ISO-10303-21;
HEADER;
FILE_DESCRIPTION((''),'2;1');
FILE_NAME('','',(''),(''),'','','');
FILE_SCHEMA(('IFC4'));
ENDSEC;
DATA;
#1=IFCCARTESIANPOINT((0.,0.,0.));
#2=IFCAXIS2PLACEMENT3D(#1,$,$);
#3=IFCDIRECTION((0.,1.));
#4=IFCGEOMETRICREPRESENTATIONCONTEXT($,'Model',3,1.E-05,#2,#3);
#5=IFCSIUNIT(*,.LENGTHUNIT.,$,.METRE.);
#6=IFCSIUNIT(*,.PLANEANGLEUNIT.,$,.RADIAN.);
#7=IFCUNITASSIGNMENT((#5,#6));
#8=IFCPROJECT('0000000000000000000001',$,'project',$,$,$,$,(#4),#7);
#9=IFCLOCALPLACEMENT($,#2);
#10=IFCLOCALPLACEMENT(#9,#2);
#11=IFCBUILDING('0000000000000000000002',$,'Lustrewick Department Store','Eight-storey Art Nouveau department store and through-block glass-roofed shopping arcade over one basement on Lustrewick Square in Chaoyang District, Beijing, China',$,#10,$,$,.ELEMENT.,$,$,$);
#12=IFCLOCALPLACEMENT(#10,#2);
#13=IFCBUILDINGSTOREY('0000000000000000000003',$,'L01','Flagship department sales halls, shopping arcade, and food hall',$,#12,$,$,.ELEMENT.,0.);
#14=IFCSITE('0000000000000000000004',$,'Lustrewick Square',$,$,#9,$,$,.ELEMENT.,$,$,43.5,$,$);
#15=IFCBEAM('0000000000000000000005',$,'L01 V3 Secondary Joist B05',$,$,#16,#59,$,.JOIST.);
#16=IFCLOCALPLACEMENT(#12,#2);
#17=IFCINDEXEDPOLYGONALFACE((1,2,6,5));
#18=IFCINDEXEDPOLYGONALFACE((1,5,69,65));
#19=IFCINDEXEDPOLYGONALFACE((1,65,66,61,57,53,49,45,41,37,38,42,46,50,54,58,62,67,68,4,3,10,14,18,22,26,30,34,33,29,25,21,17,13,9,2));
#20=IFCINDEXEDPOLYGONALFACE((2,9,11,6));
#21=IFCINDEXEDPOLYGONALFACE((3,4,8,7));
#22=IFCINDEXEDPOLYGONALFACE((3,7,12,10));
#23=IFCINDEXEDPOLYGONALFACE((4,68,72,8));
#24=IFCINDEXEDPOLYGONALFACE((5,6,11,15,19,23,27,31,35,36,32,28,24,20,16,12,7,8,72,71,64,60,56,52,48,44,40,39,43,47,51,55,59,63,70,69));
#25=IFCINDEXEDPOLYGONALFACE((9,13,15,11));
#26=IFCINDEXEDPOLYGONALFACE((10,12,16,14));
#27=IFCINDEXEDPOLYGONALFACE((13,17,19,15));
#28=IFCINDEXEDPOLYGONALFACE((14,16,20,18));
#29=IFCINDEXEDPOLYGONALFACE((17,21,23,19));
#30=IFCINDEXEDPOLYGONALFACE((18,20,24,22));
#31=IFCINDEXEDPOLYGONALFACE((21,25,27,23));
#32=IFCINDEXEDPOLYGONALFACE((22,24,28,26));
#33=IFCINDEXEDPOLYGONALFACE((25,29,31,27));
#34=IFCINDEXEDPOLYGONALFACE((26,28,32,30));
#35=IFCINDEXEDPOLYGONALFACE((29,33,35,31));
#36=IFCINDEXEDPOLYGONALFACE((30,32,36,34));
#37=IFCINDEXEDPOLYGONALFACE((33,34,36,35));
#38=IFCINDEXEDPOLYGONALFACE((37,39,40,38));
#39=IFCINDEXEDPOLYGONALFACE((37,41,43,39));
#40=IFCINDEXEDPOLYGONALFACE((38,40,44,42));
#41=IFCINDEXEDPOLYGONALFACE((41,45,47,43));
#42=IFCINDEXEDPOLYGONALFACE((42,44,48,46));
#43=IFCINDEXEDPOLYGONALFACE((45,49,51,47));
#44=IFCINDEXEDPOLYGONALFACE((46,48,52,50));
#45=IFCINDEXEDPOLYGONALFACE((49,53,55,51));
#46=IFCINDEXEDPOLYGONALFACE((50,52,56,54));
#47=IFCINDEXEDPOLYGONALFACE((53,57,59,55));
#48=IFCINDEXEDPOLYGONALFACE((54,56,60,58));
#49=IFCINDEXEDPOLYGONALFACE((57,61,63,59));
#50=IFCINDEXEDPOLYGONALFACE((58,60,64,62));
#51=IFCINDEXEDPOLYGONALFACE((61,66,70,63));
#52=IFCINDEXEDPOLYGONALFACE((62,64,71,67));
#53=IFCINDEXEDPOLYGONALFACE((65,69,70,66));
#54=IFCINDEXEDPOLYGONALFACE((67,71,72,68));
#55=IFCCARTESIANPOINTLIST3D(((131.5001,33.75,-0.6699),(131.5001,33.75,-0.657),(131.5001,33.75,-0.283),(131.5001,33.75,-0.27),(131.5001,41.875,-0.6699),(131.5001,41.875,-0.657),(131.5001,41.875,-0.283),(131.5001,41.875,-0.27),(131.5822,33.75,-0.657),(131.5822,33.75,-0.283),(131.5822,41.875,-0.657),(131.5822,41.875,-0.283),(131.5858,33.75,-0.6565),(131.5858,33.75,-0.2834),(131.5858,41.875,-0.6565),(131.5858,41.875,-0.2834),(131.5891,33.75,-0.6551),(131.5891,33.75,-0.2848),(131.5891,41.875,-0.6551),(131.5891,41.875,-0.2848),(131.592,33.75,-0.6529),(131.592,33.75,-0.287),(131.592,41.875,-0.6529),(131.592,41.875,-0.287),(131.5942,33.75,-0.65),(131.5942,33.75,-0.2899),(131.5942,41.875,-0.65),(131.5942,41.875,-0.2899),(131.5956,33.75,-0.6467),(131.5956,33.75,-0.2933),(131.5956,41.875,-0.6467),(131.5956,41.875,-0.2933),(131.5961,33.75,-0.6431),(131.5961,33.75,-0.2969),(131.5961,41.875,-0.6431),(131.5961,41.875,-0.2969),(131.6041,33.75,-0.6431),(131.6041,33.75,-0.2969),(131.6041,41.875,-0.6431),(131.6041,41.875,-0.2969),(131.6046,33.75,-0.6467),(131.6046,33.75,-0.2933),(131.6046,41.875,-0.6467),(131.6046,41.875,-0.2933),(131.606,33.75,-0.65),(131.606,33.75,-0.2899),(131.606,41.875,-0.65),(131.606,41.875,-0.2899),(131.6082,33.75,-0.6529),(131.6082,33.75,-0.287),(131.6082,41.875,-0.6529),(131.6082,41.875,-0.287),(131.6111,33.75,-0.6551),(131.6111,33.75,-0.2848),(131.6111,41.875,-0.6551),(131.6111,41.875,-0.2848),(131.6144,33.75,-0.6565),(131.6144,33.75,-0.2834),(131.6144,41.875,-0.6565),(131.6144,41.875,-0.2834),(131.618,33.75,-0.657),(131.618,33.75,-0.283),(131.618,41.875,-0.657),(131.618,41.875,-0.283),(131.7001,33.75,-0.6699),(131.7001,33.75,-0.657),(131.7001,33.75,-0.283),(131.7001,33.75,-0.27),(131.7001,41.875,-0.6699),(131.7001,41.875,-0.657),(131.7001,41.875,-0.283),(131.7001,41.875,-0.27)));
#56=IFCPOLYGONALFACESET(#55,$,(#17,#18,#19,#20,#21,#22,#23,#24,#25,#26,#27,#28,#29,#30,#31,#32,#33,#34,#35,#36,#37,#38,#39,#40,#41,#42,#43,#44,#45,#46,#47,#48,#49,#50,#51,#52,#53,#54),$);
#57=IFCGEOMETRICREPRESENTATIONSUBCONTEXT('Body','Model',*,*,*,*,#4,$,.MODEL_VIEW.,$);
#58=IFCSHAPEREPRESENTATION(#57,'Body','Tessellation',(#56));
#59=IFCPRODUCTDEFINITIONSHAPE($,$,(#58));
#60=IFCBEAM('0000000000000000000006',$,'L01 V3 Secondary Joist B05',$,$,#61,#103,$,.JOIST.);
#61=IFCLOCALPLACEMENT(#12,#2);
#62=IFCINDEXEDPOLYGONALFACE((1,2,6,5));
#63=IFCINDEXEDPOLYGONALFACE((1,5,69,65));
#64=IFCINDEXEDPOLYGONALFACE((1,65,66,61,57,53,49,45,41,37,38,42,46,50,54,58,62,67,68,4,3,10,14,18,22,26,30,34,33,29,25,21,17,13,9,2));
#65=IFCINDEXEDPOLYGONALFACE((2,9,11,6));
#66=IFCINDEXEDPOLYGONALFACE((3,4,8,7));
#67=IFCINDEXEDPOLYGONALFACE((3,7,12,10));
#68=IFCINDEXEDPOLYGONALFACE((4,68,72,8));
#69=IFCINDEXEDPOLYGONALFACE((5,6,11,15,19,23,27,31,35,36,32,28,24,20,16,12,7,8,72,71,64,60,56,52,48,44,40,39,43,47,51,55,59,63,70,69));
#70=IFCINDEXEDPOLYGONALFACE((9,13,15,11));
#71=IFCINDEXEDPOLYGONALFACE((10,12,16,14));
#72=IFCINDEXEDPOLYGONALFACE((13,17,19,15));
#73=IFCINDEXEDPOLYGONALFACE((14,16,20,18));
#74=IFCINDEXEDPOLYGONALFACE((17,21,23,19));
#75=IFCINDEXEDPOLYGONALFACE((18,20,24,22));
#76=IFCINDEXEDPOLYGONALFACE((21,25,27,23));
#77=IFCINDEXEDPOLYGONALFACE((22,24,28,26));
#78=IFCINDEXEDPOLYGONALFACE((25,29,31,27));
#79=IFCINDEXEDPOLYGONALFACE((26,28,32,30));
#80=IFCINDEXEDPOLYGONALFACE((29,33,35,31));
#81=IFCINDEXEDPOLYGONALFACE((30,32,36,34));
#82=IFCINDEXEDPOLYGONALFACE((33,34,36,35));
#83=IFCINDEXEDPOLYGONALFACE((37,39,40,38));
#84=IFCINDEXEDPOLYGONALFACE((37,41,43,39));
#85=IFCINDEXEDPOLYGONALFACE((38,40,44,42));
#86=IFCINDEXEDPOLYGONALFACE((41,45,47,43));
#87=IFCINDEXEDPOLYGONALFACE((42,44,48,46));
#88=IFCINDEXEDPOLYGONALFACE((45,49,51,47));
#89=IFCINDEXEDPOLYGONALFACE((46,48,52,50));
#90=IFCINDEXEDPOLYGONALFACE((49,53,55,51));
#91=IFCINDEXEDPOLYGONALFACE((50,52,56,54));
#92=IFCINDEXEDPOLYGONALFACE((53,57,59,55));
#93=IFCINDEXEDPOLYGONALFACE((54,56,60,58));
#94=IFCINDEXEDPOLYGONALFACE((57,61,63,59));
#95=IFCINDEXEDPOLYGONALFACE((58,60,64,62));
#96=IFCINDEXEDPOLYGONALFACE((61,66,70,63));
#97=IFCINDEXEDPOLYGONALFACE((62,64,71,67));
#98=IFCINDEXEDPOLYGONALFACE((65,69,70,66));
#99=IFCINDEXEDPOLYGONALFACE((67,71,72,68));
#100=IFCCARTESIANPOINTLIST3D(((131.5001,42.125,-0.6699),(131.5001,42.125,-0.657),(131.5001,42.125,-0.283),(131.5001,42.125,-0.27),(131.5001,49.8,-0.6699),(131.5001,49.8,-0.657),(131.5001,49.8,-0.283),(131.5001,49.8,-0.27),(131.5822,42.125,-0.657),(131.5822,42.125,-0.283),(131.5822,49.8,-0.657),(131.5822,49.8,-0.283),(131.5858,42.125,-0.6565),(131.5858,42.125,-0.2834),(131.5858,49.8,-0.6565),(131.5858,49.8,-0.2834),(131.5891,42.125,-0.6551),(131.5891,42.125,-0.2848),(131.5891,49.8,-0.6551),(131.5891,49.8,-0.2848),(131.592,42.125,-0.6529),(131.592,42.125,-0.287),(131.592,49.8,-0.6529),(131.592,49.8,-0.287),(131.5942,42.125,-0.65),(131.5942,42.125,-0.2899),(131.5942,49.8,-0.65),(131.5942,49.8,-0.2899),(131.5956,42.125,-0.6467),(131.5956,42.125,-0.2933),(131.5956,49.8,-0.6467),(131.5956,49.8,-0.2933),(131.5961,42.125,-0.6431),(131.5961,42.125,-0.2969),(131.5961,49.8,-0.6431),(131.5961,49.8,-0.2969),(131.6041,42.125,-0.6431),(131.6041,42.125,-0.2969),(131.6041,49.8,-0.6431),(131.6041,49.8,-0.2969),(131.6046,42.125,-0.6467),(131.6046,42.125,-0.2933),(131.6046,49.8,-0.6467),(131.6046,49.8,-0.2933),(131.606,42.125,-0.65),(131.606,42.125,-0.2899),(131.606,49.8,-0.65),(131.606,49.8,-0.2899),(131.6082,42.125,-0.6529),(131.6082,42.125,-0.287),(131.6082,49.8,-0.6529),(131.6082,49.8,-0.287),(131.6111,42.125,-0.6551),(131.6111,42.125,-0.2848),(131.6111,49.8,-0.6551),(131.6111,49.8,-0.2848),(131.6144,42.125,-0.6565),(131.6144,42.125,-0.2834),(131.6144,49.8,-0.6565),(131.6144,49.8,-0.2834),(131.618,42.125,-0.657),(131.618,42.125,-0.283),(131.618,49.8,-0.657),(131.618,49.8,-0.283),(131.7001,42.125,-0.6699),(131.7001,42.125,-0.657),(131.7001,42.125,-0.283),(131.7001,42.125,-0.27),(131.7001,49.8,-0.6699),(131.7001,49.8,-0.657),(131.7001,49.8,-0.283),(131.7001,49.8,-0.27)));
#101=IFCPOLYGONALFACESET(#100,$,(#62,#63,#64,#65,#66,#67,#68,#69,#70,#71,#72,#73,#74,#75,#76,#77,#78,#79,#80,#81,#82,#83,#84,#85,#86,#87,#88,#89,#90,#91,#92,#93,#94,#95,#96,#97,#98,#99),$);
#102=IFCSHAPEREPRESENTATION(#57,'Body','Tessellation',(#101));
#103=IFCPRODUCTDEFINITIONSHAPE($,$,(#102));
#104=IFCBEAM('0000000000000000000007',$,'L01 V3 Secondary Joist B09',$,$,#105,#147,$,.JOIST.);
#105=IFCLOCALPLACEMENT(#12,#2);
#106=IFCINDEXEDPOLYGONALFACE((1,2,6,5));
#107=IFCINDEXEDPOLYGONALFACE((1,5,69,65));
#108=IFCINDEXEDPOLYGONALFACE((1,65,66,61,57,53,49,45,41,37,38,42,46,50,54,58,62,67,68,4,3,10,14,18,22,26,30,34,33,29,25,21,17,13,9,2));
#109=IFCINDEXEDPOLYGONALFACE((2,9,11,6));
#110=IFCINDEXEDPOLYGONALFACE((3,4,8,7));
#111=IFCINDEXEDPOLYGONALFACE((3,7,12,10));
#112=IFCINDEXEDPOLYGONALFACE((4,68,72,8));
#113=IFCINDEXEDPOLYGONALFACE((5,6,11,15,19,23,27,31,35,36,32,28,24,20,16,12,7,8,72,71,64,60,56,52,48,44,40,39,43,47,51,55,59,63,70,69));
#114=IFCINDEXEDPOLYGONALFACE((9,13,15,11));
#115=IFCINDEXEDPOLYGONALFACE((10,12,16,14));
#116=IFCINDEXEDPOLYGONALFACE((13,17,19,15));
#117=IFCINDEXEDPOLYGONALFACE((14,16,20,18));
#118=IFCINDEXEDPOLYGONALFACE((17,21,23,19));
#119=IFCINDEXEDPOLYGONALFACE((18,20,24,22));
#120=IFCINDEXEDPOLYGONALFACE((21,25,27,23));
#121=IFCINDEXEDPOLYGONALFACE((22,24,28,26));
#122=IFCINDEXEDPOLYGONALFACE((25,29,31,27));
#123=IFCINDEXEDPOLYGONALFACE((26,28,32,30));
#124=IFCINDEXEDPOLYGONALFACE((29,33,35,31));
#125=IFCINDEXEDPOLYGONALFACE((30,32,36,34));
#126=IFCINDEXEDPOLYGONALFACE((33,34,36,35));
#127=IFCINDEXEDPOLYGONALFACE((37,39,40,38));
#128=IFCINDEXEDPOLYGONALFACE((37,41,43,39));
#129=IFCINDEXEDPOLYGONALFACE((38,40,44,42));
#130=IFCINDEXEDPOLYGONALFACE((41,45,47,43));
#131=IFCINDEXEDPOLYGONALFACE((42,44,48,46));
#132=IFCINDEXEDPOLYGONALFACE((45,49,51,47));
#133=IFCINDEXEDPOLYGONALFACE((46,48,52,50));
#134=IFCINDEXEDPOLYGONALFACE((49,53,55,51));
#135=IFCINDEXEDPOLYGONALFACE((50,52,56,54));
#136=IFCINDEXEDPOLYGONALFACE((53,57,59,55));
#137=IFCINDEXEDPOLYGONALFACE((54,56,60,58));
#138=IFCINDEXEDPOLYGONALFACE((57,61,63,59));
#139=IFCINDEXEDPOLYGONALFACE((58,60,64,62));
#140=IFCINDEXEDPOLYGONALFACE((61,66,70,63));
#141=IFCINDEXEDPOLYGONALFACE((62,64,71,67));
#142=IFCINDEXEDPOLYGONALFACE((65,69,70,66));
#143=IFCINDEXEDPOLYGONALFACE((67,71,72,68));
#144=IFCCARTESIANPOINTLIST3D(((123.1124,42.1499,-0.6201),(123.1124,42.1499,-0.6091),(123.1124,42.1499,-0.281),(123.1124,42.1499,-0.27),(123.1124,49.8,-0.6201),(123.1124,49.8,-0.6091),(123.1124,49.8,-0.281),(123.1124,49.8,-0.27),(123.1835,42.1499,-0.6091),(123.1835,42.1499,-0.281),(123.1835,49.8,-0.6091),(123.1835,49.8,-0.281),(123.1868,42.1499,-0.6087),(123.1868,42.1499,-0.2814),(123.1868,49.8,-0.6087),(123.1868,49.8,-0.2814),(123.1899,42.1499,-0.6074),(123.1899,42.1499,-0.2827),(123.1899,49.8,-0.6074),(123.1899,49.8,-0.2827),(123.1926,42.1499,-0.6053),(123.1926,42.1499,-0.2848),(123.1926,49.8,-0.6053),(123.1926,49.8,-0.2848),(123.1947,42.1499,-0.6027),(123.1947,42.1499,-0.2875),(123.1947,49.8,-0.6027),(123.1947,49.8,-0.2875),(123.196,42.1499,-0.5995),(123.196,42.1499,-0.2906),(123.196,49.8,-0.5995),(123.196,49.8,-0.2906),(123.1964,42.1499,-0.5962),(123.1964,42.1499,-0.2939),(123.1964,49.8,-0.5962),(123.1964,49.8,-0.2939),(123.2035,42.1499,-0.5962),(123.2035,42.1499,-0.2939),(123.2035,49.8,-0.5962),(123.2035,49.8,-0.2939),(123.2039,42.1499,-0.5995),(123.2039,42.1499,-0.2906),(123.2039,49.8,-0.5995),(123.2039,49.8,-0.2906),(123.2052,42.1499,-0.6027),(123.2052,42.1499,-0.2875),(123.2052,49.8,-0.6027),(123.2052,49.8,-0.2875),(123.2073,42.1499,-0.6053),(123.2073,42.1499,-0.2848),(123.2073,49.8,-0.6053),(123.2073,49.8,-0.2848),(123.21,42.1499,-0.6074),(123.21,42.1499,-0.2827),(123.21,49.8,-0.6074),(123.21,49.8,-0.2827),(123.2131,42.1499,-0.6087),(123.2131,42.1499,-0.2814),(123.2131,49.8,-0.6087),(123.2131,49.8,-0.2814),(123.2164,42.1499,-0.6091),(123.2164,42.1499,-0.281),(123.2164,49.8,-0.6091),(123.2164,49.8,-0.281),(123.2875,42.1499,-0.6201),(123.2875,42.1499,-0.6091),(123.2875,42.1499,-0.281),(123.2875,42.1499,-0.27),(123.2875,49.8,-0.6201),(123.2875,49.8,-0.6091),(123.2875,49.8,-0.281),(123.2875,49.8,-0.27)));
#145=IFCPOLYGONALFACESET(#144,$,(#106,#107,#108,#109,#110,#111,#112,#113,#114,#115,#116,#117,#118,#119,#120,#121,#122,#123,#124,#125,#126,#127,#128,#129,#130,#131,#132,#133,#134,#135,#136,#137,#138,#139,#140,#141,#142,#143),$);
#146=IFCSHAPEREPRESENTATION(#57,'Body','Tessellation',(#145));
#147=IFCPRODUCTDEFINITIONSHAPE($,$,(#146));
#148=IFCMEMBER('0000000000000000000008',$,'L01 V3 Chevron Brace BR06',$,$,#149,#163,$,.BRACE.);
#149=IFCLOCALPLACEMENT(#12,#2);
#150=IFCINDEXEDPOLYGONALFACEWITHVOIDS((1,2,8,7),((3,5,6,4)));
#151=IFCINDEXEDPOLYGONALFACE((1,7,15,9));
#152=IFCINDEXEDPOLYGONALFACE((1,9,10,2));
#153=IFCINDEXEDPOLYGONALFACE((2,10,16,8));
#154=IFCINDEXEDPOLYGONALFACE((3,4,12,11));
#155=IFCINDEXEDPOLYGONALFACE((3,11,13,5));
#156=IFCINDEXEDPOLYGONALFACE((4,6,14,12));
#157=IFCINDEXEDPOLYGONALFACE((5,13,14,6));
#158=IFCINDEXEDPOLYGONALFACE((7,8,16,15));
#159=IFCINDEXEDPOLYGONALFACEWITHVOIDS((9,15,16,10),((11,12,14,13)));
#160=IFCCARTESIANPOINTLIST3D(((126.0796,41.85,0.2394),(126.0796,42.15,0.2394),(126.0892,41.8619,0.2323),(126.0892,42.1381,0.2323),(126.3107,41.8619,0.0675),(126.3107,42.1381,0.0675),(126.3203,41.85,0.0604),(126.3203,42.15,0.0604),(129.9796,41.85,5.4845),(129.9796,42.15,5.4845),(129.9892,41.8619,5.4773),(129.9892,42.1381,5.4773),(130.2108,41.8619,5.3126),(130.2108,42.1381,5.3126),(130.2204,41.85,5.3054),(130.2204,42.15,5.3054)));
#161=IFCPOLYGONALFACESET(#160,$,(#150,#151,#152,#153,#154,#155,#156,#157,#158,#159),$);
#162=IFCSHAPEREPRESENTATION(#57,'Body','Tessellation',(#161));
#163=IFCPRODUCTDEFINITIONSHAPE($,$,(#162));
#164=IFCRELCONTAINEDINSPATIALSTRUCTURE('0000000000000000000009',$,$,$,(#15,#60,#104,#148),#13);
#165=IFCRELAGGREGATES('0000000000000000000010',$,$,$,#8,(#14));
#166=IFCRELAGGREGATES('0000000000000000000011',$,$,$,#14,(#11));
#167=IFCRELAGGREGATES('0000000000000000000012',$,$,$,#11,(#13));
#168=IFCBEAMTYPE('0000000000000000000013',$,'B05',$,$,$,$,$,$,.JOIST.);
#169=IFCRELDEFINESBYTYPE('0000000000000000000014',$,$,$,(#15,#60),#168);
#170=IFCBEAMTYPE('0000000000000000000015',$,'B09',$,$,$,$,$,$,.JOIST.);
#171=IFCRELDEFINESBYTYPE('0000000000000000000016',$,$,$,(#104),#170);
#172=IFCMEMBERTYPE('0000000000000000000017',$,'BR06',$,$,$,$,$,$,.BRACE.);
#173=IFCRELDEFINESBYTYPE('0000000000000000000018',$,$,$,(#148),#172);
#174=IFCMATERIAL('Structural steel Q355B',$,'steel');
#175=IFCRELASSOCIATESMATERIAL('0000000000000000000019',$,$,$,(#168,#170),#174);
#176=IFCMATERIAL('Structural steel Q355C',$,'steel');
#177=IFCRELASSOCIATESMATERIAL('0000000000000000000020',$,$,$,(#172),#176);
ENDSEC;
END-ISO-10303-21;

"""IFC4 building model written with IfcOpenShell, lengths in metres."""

from ifc_helpers import new_model, si_unit, direction, frame, origin, origin_2d, place, context, subcontext, project, spatial, hollow_rectangle, i_section, extrude, material, material_profile, profile_set, type_object, element, save


model = new_model("IFC4")

# Units and contexts
model_context = context("Model", 3, precision=1e-05, world=origin(), true_north=direction((0.0, 1.0)))
body_context = subcontext(model_context, "Body", "Model", "MODEL_VIEW")
ifc_project = project(units=[si_unit("LENGTHUNIT", "METRE"), si_unit("PLANEANGLEUNIT", "RADIAN")], contexts=[model_context])

# Site, building, storey
site_placement = place(None, origin())
site = spatial("IfcSite", under=ifc_project, at=site_placement, Name="Lustrewick Square", CompositionType="ELEMENT", RefElevation=43.5)
building_placement = place(site_placement, origin())
building = spatial("IfcBuilding", under=site, at=building_placement, Name="Lustrewick Department Store", Description="Eight-storey Art Nouveau department store and through-block glass-roofed shopping arcade over one basement on Lustrewick Square in Chaoyang District, Beijing, China", CompositionType="ELEMENT")
storey_placement = place(building_placement, origin())
storey = spatial("IfcBuildingStorey", under=building, at=storey_placement, Name="L01", Description="Flagship department sales halls, shopping arcade, and food hall", CompositionType="ELEMENT", Elevation=0.0)

# Shared definitions
ifc_material_1 = material(Name="Structural steel Q355B", Category="steel")

# Beams
ifc_material_profile_1 = material_profile(ifc_material_1, i_section(OverallWidth=0.2, OverallDepth=0.3999, WebThickness=0.0081, FlangeThickness=0.0129, FilletRadius=0.0139, at=origin_2d()), Name="HN 400x200x8x13")
ifc_profile_set_1 = profile_set([ifc_material_profile_1], Name="Structural steel Q355B")
beam_type_1 = type_object("IfcBeamType", Name="B05", PredefinedType="JOIST", material=ifc_profile_set_1)
beam_1_placement = place(storey_placement, frame((131.6001, 33.75, -0.47), z_axis=(0.0, 1.0, 0.0), x_axis=(-1.0, 0.0, 0.0)))
element("IfcBeam", 1, at=beam_1_placement, inside=storey, type_object=beam_type_1, Name="L01 V3 Secondary Joist B05", PredefinedType="JOIST", context=body_context, shape_type="SweptSolid", body=[
    extrude(i_section(OverallWidth=0.2, OverallDepth=0.3999, WebThickness=0.0081, FlangeThickness=0.0129, FilletRadius=0.0139, at=origin_2d()), origin(), (0.0, 0.0, 1.0), 8.125),
])
beam_2_placement = place(storey_placement, frame((131.6001, 42.125, -0.47), z_axis=(0.0, 1.0, 0.0), x_axis=(-1.0, 0.0, 0.0)))
element("IfcBeam", 2, at=beam_2_placement, inside=storey, type_object=beam_type_1, Name="L01 V3 Secondary Joist B05", PredefinedType="JOIST", context=body_context, shape_type="SweptSolid", body=[
    extrude(i_section(OverallWidth=0.2, OverallDepth=0.3999, WebThickness=0.0081, FlangeThickness=0.0129, FilletRadius=0.0139, at=origin_2d()), origin(), (0.0, 0.0, 1.0), 7.675),
])
ifc_material_profile_2 = material_profile(ifc_material_1, i_section(OverallWidth=0.175, OverallDepth=0.3501, WebThickness=0.0071, FlangeThickness=0.011, FilletRadius=0.0129, at=origin_2d()), Name="HN 350x175x7x11")
ifc_profile_set_2 = profile_set([ifc_material_profile_2], Name="Structural steel Q355B")
beam_type_2 = type_object("IfcBeamType", Name="B09", PredefinedType="JOIST", material=ifc_profile_set_2)
beam_3_placement = place(storey_placement, frame((123.2, 42.1499, -0.4451), z_axis=(0.0, 1.0, 0.0), x_axis=(-1.0, 0.0, 0.0)))
element("IfcBeam", 3, at=beam_3_placement, inside=storey, type_object=beam_type_2, Name="L01 V3 Secondary Joist B09", PredefinedType="JOIST", context=body_context, shape_type="SweptSolid", body=[
    extrude(i_section(OverallWidth=0.175, OverallDepth=0.3501, WebThickness=0.0071, FlangeThickness=0.011, FilletRadius=0.0129, at=origin_2d()), origin(), (0.0, 0.0, 1.0), 7.6501),
])

# Member
ifc_material_2 = material(Name="Structural steel Q355C", Category="steel")
ifc_material_profile_3 = material_profile(ifc_material_2, hollow_rectangle(XDim=0.3, YDim=0.3, WallThickness=0.012, at=origin_2d()), Name="SHS 300x300x12")
ifc_profile_set_3 = profile_set([ifc_material_profile_3], Name="Structural steel Q355C")
member_type = type_object("IfcMemberType", Name="BR06", PredefinedType="BRACE", material=ifc_profile_set_3)
member_placement = place(storey_placement, frame((126.2, 42.0, 0.1499), z_axis=(0.596696, 0.0, 0.802467), x_axis=(0.0, 1.0, 0.0)))
element("IfcMember", 4, at=member_placement, inside=storey, type_object=member_type, Name="L01 V3 Chevron Brace BR06", PredefinedType="BRACE", context=body_context, shape_type="SweptSolid", body=[
    extrude(hollow_rectangle(XDim=0.3, YDim=0.3, WallThickness=0.012, at=origin_2d()), origin(), (0.0, 0.0, 1.0), 6.5361),
])

save(model, "model.ifc")
